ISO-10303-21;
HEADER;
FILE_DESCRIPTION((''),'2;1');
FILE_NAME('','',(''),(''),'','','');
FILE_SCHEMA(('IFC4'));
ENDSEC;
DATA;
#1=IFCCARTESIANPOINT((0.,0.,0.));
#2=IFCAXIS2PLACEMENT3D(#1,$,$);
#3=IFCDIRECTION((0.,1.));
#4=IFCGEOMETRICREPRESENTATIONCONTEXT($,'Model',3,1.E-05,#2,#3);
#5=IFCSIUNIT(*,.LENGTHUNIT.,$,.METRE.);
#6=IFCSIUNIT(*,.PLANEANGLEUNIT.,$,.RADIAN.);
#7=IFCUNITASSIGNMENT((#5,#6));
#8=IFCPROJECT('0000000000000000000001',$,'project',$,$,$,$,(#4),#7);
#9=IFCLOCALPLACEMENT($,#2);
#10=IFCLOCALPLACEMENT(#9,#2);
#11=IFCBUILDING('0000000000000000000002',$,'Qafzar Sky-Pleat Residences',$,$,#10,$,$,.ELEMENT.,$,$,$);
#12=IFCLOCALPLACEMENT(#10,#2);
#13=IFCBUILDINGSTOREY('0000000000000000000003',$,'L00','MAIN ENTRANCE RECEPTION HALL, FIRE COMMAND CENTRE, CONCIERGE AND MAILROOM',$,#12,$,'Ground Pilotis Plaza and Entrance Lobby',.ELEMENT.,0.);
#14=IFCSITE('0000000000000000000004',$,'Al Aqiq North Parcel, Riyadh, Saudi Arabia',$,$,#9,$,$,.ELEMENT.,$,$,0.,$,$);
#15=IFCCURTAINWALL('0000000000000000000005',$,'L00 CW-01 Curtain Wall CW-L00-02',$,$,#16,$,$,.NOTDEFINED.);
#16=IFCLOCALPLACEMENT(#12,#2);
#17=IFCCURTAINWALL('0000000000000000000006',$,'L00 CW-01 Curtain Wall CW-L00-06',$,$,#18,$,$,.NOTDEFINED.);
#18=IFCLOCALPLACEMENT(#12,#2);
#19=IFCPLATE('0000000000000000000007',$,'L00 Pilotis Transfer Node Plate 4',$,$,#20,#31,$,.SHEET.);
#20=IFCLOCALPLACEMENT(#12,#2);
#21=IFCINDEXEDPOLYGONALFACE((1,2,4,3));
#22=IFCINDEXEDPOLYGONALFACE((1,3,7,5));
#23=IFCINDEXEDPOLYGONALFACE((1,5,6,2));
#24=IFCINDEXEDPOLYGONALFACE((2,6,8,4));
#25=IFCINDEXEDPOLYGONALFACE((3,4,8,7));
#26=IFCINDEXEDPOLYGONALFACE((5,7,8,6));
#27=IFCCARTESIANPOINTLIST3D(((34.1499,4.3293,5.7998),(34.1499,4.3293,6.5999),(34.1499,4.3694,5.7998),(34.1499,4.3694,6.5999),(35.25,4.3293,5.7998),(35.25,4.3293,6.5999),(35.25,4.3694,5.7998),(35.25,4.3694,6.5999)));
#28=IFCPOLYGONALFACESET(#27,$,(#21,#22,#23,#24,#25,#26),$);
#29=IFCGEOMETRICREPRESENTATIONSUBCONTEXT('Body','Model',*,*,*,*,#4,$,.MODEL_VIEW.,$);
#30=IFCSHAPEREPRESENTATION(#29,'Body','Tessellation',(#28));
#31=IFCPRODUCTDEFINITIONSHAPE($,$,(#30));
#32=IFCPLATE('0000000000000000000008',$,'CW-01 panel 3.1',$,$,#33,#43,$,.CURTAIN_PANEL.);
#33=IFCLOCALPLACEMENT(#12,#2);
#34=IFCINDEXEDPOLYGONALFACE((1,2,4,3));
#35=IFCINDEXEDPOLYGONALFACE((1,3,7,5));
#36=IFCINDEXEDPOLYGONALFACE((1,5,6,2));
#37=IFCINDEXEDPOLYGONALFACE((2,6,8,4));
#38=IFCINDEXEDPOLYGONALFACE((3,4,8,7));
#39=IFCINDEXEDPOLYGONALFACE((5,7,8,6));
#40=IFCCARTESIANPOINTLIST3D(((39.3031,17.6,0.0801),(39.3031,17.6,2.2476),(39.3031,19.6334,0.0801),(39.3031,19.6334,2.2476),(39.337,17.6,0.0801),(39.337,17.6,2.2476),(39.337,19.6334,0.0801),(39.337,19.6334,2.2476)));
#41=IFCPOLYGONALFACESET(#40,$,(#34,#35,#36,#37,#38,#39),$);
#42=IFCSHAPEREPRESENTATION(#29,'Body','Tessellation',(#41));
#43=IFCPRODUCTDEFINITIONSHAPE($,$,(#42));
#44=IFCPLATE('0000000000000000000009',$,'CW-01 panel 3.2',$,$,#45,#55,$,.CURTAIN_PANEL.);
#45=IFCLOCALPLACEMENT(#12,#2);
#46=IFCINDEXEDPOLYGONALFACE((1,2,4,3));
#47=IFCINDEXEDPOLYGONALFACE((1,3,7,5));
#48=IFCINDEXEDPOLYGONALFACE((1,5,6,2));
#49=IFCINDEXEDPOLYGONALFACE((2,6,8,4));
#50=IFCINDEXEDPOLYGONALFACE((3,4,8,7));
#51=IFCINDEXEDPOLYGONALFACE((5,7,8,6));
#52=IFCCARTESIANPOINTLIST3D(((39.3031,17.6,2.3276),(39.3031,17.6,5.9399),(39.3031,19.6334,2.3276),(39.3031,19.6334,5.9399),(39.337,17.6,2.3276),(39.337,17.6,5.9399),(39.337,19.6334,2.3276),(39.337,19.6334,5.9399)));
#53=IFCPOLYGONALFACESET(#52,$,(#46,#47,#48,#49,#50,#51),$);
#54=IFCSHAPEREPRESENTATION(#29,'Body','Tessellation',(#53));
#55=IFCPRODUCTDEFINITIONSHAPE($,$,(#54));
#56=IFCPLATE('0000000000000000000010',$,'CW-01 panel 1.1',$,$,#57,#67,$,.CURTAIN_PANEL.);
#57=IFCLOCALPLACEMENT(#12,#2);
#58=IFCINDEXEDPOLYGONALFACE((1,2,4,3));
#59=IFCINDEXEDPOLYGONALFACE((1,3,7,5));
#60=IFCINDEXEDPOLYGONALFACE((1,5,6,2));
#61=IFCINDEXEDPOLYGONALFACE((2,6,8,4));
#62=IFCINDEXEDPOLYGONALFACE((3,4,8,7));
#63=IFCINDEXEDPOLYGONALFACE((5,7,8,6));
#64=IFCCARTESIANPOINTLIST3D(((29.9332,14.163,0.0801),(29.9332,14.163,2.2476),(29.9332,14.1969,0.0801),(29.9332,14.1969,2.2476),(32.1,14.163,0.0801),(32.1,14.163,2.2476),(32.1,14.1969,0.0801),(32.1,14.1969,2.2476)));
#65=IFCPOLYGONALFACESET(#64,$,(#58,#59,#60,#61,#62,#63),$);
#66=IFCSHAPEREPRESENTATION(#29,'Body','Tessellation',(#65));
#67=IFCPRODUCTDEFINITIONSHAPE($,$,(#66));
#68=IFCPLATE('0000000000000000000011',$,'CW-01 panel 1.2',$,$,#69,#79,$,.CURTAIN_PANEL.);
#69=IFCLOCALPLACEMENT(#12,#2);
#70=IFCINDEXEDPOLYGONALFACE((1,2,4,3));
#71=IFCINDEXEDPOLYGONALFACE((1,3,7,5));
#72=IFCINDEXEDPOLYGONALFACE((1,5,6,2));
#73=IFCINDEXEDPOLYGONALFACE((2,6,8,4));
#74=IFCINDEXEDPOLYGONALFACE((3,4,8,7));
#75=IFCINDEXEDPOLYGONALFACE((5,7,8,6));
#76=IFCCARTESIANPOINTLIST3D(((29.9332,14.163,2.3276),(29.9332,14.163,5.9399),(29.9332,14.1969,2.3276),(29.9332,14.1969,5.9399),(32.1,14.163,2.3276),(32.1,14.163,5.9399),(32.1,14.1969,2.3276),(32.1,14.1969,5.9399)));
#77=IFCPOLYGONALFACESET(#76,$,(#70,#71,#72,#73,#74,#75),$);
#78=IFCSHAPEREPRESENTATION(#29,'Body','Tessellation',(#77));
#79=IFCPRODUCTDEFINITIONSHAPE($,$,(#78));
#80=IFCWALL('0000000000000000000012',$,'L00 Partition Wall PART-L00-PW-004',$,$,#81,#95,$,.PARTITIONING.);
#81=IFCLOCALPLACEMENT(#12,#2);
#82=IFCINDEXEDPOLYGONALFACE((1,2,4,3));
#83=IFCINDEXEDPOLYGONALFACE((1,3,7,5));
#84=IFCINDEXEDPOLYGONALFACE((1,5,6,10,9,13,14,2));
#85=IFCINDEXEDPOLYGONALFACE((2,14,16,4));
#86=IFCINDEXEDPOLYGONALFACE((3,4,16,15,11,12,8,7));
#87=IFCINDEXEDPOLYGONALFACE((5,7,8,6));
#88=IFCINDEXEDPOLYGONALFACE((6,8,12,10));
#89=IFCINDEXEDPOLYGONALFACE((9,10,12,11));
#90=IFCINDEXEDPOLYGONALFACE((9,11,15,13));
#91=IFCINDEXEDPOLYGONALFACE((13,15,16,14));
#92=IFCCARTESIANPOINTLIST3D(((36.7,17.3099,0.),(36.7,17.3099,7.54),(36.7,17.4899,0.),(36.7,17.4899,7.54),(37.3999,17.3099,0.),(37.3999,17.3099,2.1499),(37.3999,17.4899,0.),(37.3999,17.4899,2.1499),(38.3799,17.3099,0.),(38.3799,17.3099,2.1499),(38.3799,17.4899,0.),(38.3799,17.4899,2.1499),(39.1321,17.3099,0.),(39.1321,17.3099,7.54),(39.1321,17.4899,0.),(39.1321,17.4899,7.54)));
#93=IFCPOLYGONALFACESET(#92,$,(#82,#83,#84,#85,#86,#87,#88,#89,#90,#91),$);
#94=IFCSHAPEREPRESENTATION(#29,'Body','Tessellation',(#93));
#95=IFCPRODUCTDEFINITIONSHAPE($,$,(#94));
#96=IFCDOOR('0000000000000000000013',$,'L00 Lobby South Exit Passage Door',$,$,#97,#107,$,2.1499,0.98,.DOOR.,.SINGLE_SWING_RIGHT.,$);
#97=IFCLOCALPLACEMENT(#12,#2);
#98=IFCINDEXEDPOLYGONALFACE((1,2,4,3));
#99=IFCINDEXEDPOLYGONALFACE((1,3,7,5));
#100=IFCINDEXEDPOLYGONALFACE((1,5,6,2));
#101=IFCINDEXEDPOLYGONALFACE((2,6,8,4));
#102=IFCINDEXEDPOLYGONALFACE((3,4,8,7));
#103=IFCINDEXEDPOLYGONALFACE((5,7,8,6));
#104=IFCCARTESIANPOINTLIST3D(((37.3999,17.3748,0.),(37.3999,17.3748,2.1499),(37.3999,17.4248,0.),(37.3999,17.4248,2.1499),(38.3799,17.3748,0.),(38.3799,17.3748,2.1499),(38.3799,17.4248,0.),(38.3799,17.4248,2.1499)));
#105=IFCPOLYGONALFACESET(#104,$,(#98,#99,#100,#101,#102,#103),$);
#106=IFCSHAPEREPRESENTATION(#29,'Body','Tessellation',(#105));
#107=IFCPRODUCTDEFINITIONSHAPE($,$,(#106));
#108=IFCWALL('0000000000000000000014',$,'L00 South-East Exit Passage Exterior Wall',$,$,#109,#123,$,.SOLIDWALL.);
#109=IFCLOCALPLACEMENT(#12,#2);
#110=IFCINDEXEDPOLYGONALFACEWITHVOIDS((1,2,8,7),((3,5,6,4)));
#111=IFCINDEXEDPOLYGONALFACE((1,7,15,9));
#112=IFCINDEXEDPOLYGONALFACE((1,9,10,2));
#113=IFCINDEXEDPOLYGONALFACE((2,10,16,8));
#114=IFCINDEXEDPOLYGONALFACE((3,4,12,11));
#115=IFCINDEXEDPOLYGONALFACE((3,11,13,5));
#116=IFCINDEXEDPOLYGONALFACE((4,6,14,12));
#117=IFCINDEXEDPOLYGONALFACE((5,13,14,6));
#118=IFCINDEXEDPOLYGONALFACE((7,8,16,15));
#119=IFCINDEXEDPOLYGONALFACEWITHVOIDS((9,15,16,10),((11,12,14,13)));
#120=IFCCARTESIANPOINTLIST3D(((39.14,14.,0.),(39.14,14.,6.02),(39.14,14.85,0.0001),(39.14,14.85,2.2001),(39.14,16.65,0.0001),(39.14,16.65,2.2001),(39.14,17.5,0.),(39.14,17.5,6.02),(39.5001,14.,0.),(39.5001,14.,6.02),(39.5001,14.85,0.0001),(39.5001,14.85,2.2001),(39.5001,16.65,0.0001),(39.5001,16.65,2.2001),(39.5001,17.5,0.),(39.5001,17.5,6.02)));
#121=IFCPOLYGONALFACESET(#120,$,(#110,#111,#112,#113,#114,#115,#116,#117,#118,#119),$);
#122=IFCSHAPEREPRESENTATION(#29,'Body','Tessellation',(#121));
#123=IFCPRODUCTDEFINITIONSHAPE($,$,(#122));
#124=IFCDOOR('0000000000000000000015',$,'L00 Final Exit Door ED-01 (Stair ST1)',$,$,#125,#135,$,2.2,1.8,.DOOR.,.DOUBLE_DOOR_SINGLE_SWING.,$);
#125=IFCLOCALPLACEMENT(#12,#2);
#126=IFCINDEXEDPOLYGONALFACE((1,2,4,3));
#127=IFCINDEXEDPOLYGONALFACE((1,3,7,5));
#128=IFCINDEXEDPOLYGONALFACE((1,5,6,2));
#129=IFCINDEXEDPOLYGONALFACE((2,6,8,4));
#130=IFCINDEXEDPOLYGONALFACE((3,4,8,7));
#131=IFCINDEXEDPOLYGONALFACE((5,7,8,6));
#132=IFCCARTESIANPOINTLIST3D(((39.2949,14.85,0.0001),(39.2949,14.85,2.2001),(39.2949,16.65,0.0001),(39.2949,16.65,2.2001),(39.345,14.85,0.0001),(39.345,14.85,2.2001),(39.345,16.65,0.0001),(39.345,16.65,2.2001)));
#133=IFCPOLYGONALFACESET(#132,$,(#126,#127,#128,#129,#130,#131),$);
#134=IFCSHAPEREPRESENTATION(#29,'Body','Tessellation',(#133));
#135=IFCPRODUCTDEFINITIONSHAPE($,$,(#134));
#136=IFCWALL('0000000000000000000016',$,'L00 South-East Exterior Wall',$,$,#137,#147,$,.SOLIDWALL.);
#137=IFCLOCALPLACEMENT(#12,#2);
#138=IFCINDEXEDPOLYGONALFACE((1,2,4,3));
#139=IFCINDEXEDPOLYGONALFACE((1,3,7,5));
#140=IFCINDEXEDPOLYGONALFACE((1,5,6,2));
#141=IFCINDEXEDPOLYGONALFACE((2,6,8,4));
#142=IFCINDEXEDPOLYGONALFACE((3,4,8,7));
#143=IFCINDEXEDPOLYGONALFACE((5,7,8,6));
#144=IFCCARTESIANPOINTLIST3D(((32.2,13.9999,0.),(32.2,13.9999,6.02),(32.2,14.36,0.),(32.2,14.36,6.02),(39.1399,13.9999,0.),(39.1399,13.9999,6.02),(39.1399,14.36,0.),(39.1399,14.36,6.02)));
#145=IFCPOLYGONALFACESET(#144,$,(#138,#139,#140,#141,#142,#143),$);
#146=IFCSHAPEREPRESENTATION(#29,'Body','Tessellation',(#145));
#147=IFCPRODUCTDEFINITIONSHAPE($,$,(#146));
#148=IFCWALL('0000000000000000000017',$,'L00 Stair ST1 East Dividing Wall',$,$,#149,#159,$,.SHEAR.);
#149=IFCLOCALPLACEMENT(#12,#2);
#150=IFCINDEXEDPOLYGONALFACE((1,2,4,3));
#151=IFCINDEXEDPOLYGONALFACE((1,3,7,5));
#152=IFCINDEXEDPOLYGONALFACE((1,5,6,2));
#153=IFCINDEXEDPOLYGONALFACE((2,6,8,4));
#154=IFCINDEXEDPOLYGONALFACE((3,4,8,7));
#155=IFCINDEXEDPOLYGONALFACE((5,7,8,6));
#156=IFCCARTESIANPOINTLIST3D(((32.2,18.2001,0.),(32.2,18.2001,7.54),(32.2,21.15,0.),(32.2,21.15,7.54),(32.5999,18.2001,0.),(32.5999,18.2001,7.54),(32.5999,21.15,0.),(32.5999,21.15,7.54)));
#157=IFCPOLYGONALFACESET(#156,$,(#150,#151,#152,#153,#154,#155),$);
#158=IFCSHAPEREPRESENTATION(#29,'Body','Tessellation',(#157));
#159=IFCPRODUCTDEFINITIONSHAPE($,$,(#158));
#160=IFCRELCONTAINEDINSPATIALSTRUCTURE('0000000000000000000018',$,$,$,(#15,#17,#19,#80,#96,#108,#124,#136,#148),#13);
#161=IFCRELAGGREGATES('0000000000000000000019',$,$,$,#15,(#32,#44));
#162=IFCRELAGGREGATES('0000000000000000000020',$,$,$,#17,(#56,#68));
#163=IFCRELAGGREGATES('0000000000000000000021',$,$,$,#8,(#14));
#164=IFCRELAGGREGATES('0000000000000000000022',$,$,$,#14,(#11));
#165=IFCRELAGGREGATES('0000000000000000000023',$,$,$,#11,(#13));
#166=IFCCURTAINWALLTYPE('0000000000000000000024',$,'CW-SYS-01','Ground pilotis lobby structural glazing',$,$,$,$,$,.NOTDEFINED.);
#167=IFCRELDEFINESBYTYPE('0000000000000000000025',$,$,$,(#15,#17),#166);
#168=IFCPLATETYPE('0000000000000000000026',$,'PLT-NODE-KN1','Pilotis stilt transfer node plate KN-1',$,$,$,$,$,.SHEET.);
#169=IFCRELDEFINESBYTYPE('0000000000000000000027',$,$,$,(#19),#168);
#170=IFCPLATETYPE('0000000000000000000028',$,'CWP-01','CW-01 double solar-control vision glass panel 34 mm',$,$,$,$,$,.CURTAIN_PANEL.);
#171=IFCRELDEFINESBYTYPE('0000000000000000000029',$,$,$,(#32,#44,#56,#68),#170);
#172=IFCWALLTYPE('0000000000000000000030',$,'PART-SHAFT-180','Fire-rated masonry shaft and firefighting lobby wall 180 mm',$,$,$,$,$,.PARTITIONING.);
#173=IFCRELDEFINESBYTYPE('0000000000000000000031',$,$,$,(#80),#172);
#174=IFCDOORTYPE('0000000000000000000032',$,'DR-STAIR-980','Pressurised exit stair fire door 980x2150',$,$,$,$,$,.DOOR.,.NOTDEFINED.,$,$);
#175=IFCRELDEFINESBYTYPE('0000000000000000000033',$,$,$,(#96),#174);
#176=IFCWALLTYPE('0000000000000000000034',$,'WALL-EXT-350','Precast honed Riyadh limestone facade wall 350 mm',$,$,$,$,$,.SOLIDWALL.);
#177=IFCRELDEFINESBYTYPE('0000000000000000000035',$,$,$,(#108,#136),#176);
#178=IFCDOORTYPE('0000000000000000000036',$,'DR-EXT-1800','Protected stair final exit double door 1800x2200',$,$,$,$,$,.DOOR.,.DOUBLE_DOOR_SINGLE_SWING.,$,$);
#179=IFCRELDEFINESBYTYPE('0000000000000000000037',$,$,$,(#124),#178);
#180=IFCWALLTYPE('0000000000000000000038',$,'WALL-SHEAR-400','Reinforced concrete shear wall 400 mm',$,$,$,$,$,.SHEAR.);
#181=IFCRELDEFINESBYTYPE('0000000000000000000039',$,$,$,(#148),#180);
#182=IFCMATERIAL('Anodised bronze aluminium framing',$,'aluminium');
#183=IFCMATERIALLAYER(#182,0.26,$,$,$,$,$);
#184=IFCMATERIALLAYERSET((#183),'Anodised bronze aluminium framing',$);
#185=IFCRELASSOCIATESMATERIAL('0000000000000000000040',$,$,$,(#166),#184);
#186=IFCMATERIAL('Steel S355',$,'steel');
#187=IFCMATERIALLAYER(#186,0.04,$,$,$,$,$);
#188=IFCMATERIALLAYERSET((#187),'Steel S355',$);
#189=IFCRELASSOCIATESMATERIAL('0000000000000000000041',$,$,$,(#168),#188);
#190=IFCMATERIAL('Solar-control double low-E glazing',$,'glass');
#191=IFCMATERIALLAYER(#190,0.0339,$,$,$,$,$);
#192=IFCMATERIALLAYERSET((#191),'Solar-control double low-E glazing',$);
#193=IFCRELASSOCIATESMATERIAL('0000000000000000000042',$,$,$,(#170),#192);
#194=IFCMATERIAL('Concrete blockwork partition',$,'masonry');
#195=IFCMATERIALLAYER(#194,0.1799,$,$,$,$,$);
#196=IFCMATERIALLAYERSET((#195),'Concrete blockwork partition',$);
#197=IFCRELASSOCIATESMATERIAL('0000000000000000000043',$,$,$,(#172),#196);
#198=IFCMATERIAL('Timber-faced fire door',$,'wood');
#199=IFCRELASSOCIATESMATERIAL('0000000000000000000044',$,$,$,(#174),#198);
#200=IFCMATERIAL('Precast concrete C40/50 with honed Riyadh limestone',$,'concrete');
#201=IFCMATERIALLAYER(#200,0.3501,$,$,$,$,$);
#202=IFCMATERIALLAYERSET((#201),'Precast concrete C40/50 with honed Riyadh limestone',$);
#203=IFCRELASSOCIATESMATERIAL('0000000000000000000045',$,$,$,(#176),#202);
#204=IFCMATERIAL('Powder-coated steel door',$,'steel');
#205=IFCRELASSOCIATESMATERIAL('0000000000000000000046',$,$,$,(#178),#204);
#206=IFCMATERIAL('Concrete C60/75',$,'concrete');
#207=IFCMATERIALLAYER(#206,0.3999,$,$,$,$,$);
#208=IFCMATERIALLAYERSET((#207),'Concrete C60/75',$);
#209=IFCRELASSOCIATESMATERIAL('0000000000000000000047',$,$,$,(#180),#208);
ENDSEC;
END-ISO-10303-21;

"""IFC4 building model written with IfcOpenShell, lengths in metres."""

from ifc_helpers import new_model, si_unit, direction, frame, frame_2d, origin, origin_2d, place, context, subcontext, project, spatial, rectangle, extrude, source, transform, mapped, material, layer, layer_set, type_object, element, fill, aggregate, save


model = new_model("IFC4")

# Units and contexts
model_context = context("Model", 3, precision=1e-05, world=origin(), true_north=direction((0.0, 1.0)))
body_context = subcontext(model_context, "Body", "Model", "MODEL_VIEW")
ifc_project = project(units=[si_unit("LENGTHUNIT", "METRE"), si_unit("PLANEANGLEUNIT", "RADIAN")], contexts=[model_context])

# Site, building, storey
site_placement = place(None, origin())
site = spatial("IfcSite", under=ifc_project, at=site_placement, Name="Al Aqiq North Parcel, Riyadh, Saudi Arabia", CompositionType="ELEMENT", RefElevation=0.0)
building_placement = place(site_placement, origin())
building = spatial("IfcBuilding", under=site, at=building_placement, Name="Qafzar Sky-Pleat Residences", CompositionType="ELEMENT")
storey_placement = place(building_placement, origin())
storey = spatial("IfcBuildingStorey", under=building, at=storey_placement, Name="L00", Description="MAIN ENTRANCE RECEPTION HALL, FIRE COMMAND CENTRE, CONCIERGE AND MAILROOM", LongName="Ground Pilotis Plaza and Entrance Lobby", CompositionType="ELEMENT", Elevation=0.0)

# Shared definitions
ifc_material_1 = material(Name="Concrete C60/75", Category="concrete")

# Curtain wall
ifc_material_2 = material(Name="Anodised bronze aluminium framing", Category="aluminium")
ifc_layer_1 = layer(ifc_material_2, 0.26)
ifc_layer_set_1 = layer_set([ifc_layer_1], Name="Anodised bronze aluminium framing")
curtain_wall_type = type_object("IfcCurtainWallType", Name="CW-SYS-01", Description="Ground pilotis lobby structural glazing", PredefinedType="NOTDEFINED", material=ifc_layer_set_1)
curtain_wall_1_placement = place(storey_placement, origin())
curtain_wall_1 = element("IfcCurtainWall", 1, at=curtain_wall_1_placement, inside=storey, type_object=curtain_wall_type, Name="L00 CW-01 Curtain Wall CW-L00-02", PredefinedType="NOTDEFINED")

# Curtain wall
curtain_wall_2_placement = place(storey_placement, origin())
curtain_wall_2 = element("IfcCurtainWall", 2, at=curtain_wall_2_placement, inside=storey, type_object=curtain_wall_type, Name="L00 CW-01 Curtain Wall CW-L00-06", PredefinedType="NOTDEFINED")

# Plates
ifc_material_3 = material(Name="Steel S355", Category="steel")
ifc_layer_2 = layer(ifc_material_3, 0.04)
ifc_layer_set_2 = layer_set([ifc_layer_2], Name="Steel S355")
plate_type_1 = type_object("IfcPlateType", Name="PLT-NODE-KN1", Description="Pilotis stilt transfer node plate KN-1", PredefinedType="SHEET", material=ifc_layer_set_2)
shared_shape_1 = source(origin(), body_context, "Body", "SweptSolid", [
    extrude(rectangle(XDim=1.1001, YDim=0.04, at=origin_2d()), origin(), (0.0, 0.0, 1.0), 0.8),
])
plate_1_placement = place(storey_placement, frame((34.7, 4.3494, 5.7998), z_axis=(0.0, 0.0, 1.0), x_axis=(1.0, 0.0, 0.0)))
element("IfcPlate", 3, at=plate_1_placement, inside=storey, type_object=plate_type_1, Name="L00 Pilotis Transfer Node Plate 4", PredefinedType="SHEET", context=body_context, shape_type="MappedRepresentation", body=[
    mapped(shared_shape_1, transform((0.0, 0.0, 0.0), x_axis=(1.0, 0.0, 0.0), y_axis=(0.0, 1.0, 0.0), z_axis=(0.0, 0.0, 1.0), scale=1.0)),
])
ifc_material_4 = material(Name="Solar-control double low-E glazing", Category="glass")
ifc_layer_3 = layer(ifc_material_4, 0.0339)
ifc_layer_set_3 = layer_set([ifc_layer_3], Name="Solar-control double low-E glazing")
plate_type_2 = type_object("IfcPlateType", Name="CWP-01", Description="CW-01 double solar-control vision glass panel 34 mm", PredefinedType="CURTAIN_PANEL", material=ifc_layer_set_3)
shared_shape_2 = source(origin(), body_context, "Body", "SweptSolid", [
    extrude(rectangle(XDim=2.0334, YDim=0.0339, at=origin_2d()), origin(), (0.0, 0.0, 1.0), 2.1675),
])
plate_2_placement = place(storey_placement, frame((39.3201, 18.6167, 0.0801), z_axis=(0.0, 0.0, 1.0), x_axis=(0.0, -1.0, 0.0)))
plate_2 = element("IfcPlate", 4, at=plate_2_placement, type_object=plate_type_2, Name="CW-01 panel 3.1", PredefinedType="CURTAIN_PANEL", context=body_context, shape_type="MappedRepresentation", body=[
    mapped(shared_shape_2, transform((0.0, 0.0, 0.0), x_axis=(1.0, 0.0, 0.0), y_axis=(0.0, 1.0, 0.0), z_axis=(0.0, 0.0, 1.0), scale=1.0)),
])
shared_shape_3 = source(origin(), body_context, "Body", "SweptSolid", [
    extrude(rectangle(XDim=2.0334, YDim=0.0339, at=origin_2d()), origin(), (0.0, 0.0, 1.0), 3.6123),
])
plate_3_placement = place(storey_placement, frame((39.3201, 18.6167, 2.3276), z_axis=(0.0, 0.0, 1.0), x_axis=(0.0, -1.0, 0.0)))
plate_3 = element("IfcPlate", 5, at=plate_3_placement, type_object=plate_type_2, Name="CW-01 panel 3.2", PredefinedType="CURTAIN_PANEL", context=body_context, shape_type="MappedRepresentation", body=[
    mapped(shared_shape_3, transform((0.0, 0.0, 0.0), x_axis=(1.0, 0.0, 0.0), y_axis=(0.0, 1.0, 0.0), z_axis=(0.0, 0.0, 1.0), scale=1.0)),
])
aggregate(curtain_wall_1, [plate_2, plate_3])
shared_shape_4 = source(origin(), body_context, "Body", "SweptSolid", [
    extrude(rectangle(XDim=2.1667, YDim=0.0339, at=origin_2d()), origin(), (0.0, 0.0, 1.0), 2.1675),
])
plate_4_placement = place(storey_placement, frame((31.0166, 14.1799, 0.0801), z_axis=(0.0, 0.0, 1.0), x_axis=(-1.0, 0.0, 0.0)))
plate_4 = element("IfcPlate", 6, at=plate_4_placement, type_object=plate_type_2, Name="CW-01 panel 1.1", PredefinedType="CURTAIN_PANEL", context=body_context, shape_type="MappedRepresentation", body=[
    mapped(shared_shape_4, transform((0.0, 0.0, 0.0), x_axis=(1.0, 0.0, 0.0), y_axis=(0.0, 1.0, 0.0), z_axis=(0.0, 0.0, 1.0), scale=1.0)),
])
shared_shape_5 = source(origin(), body_context, "Body", "SweptSolid", [
    extrude(rectangle(XDim=2.1667, YDim=0.0339, at=origin_2d()), origin(), (0.0, 0.0, 1.0), 3.6123),
])
plate_5_placement = place(storey_placement, frame((31.0166, 14.1799, 2.3276), z_axis=(0.0, 0.0, 1.0), x_axis=(-1.0, 0.0, 0.0)))
plate_5 = element("IfcPlate", 7, at=plate_5_placement, type_object=plate_type_2, Name="CW-01 panel 1.2", PredefinedType="CURTAIN_PANEL", context=body_context, shape_type="MappedRepresentation", body=[
    mapped(shared_shape_5, transform((0.0, 0.0, 0.0), x_axis=(1.0, 0.0, 0.0), y_axis=(0.0, 1.0, 0.0), z_axis=(0.0, 0.0, 1.0), scale=1.0)),
])
aggregate(curtain_wall_2, [plate_4, plate_5])

# Walls, openings, doors
ifc_material_5 = material(Name="Concrete blockwork partition", Category="masonry")
ifc_layer_4 = layer(ifc_material_5, 0.1799)
ifc_layer_set_4 = layer_set([ifc_layer_4], Name="Concrete blockwork partition")
wall_type_1 = type_object("IfcWallType", Name="PART-SHAFT-180", Description="Fire-rated masonry shaft and firefighting lobby wall 180 mm", PredefinedType="PARTITIONING", material=ifc_layer_set_4)
wall_1_placement = place(storey_placement, frame((36.7, 17.3999, 0.0), z_axis=(0.0, 0.0, 1.0), x_axis=(1.0, 0.0, 0.0)))
wall_1 = element("IfcWall", 8, at=wall_1_placement, inside=storey, type_object=wall_type_1, Name="L00 Partition Wall PART-L00-PW-004", PredefinedType="PARTITIONING", context=body_context, shape_type="SweptSolid", body=[
    extrude(rectangle(XDim=2.4321, YDim=0.1799, at=frame_2d((1.2161, 0.0))), origin(), (0.0, 0.0, 1.0), 7.54),
])
opening_1_placement = place(wall_1_placement, frame((0.7, 0.0, 0.0)))
opening_1 = element("IfcOpeningElement", 9, at=opening_1_placement, cuts=wall_1, PredefinedType="OPENING", context=body_context, shape_type="SweptSolid", body=[
    extrude(rectangle(XDim=0.98, YDim=2.1499, at=frame_2d((0.49, 1.075))), frame((0.0, 0.1001, 0.0), z_axis=(0.0, -1.0, 0.0), x_axis=(1.0, 0.0, 0.0)), (0.0, 0.0, 1.0), 0.2),
])
ifc_material_6 = material(Name="Timber-faced fire door", Category="wood")
door_type_1 = type_object("IfcDoorType", Name="DR-STAIR-980", Description="Pressurised exit stair fire door 980x2150", OperationType="NOTDEFINED", PredefinedType="DOOR", material=ifc_material_6)
shared_shape_6 = source(origin(), body_context, "Body", "SweptSolid", [
    extrude(rectangle(XDim=0.98, YDim=2.1499, at=frame_2d((0.49, 1.075))), frame((0.0, 0.0249, 0.0), z_axis=(0.0, -1.0, 0.0), x_axis=(1.0, 0.0, 0.0)), (0.0, 0.0, 1.0), 0.05),
])
door_1_placement = place(opening_1_placement, origin())
door_1 = element("IfcDoor", 10, at=door_1_placement, inside=storey, type_object=door_type_1, Name="L00 Lobby South Exit Passage Door", OperationType="SINGLE_SWING_RIGHT", OverallHeight=2.1499, OverallWidth=0.98, PredefinedType="DOOR", context=body_context, shape_type="MappedRepresentation", body=[
    mapped(shared_shape_6, transform((0.0, 0.0, 0.0), x_axis=(1.0, 0.0, 0.0), y_axis=(0.0, 1.0, 0.0), z_axis=(0.0, 0.0, 1.0), scale=1.0)),
])
fill(opening_1, door_1)
ifc_material_7 = material(Name="Precast concrete C40/50 with honed Riyadh limestone", Category="concrete")
ifc_layer_5 = layer(ifc_material_7, 0.3501)
ifc_layer_set_5 = layer_set([ifc_layer_5], Name="Precast concrete C40/50 with honed Riyadh limestone")
wall_type_2 = type_object("IfcWallType", Name="WALL-EXT-350", Description="Precast honed Riyadh limestone facade wall 350 mm", PredefinedType="SOLIDWALL", material=ifc_layer_set_5)
wall_2_placement = place(storey_placement, frame((39.3201, 17.5, 0.0), z_axis=(0.0, 0.0, 1.0), x_axis=(0.0, -1.0, 0.0)))
wall_2 = element("IfcWall", 11, at=wall_2_placement, inside=storey, type_object=wall_type_2, Name="L00 South-East Exit Passage Exterior Wall", PredefinedType="SOLIDWALL", context=body_context, shape_type="SweptSolid", body=[
    extrude(rectangle(XDim=3.5, YDim=0.3601, at=frame_2d((1.75, 0.0))), origin(), (0.0, 0.0, 1.0), 6.02),
])
opening_2_placement = place(wall_2_placement, frame((0.8501, 0.0, 0.0)))
opening_2 = element("IfcOpeningElement", 12, at=opening_2_placement, cuts=wall_2, PredefinedType="OPENING", context=body_context, shape_type="SweptSolid", body=[
    extrude(rectangle(XDim=1.8, YDim=2.2, at=frame_2d((0.8999, 1.1001))), frame((0.0, 0.1899, 0.0), z_axis=(0.0, -1.0, 0.0), x_axis=(1.0, 0.0, 0.0)), (0.0, 0.0, 1.0), 0.3801),
])
ifc_material_8 = material(Name="Powder-coated steel door", Category="steel")
door_type_2 = type_object("IfcDoorType", Name="DR-EXT-1800", Description="Protected stair final exit double door 1800x2200", OperationType="DOUBLE_DOOR_SINGLE_SWING", PredefinedType="DOOR", material=ifc_material_8)
shared_shape_7 = source(origin(), body_context, "Body", "SweptSolid", [
    extrude(rectangle(XDim=1.8, YDim=2.2, at=frame_2d((0.8999, 1.1001))), frame((0.0, 0.0249, 0.0), z_axis=(0.0, -1.0, 0.0), x_axis=(1.0, 0.0, 0.0)), (0.0, 0.0, 1.0), 0.05),
])
door_2_placement = place(opening_2_placement, origin())
door_2 = element("IfcDoor", 13, at=door_2_placement, inside=storey, type_object=door_type_2, Name="L00 Final Exit Door ED-01 (Stair ST1)", OperationType="DOUBLE_DOOR_SINGLE_SWING", OverallHeight=2.2, OverallWidth=1.8, PredefinedType="DOOR", context=body_context, shape_type="MappedRepresentation", body=[
    mapped(shared_shape_7, transform((0.0, 0.0, 0.0), x_axis=(1.0, 0.0, 0.0), y_axis=(0.0, 1.0, 0.0), z_axis=(0.0, 0.0, 1.0), scale=1.0)),
])
fill(opening_2, door_2)

# Walls
wall_3_placement = place(storey_placement, frame((39.1399, 14.1799, 0.0), z_axis=(0.0, 0.0, 1.0), x_axis=(-1.0, 0.0, 0.0)))
element("IfcWall", 14, at=wall_3_placement, inside=storey, type_object=wall_type_2, Name="L00 South-East Exterior Wall", PredefinedType="SOLIDWALL", context=body_context, shape_type="SweptSolid", body=[
    extrude(rectangle(XDim=6.9399, YDim=0.3601, at=frame_2d((3.47, 0.0))), origin(), (0.0, 0.0, 1.0), 6.02),
])
ifc_layer_6 = layer(ifc_material_1, 0.3999)
ifc_layer_set_6 = layer_set([ifc_layer_6], Name="Concrete C60/75")
wall_type_3 = type_object("IfcWallType", Name="WALL-SHEAR-400", Description="Reinforced concrete shear wall 400 mm", PredefinedType="SHEAR", material=ifc_layer_set_6)
wall_4_placement = place(storey_placement, frame((32.3999, 18.2, 0.0), z_axis=(0.0, 0.0, 1.0), x_axis=(0.0, 1.0, 0.0)))
element("IfcWall", 15, at=wall_4_placement, inside=storey, type_object=wall_type_3, Name="L00 Stair ST1 East Dividing Wall", PredefinedType="SHEAR", context=body_context, shape_type="SweptSolid", body=[
    extrude(rectangle(XDim=2.95, YDim=0.3999, at=frame_2d((1.4751, 0.0))), origin(), (0.0, 0.0, 1.0), 7.54),
])

save(model, "model.ifc")
